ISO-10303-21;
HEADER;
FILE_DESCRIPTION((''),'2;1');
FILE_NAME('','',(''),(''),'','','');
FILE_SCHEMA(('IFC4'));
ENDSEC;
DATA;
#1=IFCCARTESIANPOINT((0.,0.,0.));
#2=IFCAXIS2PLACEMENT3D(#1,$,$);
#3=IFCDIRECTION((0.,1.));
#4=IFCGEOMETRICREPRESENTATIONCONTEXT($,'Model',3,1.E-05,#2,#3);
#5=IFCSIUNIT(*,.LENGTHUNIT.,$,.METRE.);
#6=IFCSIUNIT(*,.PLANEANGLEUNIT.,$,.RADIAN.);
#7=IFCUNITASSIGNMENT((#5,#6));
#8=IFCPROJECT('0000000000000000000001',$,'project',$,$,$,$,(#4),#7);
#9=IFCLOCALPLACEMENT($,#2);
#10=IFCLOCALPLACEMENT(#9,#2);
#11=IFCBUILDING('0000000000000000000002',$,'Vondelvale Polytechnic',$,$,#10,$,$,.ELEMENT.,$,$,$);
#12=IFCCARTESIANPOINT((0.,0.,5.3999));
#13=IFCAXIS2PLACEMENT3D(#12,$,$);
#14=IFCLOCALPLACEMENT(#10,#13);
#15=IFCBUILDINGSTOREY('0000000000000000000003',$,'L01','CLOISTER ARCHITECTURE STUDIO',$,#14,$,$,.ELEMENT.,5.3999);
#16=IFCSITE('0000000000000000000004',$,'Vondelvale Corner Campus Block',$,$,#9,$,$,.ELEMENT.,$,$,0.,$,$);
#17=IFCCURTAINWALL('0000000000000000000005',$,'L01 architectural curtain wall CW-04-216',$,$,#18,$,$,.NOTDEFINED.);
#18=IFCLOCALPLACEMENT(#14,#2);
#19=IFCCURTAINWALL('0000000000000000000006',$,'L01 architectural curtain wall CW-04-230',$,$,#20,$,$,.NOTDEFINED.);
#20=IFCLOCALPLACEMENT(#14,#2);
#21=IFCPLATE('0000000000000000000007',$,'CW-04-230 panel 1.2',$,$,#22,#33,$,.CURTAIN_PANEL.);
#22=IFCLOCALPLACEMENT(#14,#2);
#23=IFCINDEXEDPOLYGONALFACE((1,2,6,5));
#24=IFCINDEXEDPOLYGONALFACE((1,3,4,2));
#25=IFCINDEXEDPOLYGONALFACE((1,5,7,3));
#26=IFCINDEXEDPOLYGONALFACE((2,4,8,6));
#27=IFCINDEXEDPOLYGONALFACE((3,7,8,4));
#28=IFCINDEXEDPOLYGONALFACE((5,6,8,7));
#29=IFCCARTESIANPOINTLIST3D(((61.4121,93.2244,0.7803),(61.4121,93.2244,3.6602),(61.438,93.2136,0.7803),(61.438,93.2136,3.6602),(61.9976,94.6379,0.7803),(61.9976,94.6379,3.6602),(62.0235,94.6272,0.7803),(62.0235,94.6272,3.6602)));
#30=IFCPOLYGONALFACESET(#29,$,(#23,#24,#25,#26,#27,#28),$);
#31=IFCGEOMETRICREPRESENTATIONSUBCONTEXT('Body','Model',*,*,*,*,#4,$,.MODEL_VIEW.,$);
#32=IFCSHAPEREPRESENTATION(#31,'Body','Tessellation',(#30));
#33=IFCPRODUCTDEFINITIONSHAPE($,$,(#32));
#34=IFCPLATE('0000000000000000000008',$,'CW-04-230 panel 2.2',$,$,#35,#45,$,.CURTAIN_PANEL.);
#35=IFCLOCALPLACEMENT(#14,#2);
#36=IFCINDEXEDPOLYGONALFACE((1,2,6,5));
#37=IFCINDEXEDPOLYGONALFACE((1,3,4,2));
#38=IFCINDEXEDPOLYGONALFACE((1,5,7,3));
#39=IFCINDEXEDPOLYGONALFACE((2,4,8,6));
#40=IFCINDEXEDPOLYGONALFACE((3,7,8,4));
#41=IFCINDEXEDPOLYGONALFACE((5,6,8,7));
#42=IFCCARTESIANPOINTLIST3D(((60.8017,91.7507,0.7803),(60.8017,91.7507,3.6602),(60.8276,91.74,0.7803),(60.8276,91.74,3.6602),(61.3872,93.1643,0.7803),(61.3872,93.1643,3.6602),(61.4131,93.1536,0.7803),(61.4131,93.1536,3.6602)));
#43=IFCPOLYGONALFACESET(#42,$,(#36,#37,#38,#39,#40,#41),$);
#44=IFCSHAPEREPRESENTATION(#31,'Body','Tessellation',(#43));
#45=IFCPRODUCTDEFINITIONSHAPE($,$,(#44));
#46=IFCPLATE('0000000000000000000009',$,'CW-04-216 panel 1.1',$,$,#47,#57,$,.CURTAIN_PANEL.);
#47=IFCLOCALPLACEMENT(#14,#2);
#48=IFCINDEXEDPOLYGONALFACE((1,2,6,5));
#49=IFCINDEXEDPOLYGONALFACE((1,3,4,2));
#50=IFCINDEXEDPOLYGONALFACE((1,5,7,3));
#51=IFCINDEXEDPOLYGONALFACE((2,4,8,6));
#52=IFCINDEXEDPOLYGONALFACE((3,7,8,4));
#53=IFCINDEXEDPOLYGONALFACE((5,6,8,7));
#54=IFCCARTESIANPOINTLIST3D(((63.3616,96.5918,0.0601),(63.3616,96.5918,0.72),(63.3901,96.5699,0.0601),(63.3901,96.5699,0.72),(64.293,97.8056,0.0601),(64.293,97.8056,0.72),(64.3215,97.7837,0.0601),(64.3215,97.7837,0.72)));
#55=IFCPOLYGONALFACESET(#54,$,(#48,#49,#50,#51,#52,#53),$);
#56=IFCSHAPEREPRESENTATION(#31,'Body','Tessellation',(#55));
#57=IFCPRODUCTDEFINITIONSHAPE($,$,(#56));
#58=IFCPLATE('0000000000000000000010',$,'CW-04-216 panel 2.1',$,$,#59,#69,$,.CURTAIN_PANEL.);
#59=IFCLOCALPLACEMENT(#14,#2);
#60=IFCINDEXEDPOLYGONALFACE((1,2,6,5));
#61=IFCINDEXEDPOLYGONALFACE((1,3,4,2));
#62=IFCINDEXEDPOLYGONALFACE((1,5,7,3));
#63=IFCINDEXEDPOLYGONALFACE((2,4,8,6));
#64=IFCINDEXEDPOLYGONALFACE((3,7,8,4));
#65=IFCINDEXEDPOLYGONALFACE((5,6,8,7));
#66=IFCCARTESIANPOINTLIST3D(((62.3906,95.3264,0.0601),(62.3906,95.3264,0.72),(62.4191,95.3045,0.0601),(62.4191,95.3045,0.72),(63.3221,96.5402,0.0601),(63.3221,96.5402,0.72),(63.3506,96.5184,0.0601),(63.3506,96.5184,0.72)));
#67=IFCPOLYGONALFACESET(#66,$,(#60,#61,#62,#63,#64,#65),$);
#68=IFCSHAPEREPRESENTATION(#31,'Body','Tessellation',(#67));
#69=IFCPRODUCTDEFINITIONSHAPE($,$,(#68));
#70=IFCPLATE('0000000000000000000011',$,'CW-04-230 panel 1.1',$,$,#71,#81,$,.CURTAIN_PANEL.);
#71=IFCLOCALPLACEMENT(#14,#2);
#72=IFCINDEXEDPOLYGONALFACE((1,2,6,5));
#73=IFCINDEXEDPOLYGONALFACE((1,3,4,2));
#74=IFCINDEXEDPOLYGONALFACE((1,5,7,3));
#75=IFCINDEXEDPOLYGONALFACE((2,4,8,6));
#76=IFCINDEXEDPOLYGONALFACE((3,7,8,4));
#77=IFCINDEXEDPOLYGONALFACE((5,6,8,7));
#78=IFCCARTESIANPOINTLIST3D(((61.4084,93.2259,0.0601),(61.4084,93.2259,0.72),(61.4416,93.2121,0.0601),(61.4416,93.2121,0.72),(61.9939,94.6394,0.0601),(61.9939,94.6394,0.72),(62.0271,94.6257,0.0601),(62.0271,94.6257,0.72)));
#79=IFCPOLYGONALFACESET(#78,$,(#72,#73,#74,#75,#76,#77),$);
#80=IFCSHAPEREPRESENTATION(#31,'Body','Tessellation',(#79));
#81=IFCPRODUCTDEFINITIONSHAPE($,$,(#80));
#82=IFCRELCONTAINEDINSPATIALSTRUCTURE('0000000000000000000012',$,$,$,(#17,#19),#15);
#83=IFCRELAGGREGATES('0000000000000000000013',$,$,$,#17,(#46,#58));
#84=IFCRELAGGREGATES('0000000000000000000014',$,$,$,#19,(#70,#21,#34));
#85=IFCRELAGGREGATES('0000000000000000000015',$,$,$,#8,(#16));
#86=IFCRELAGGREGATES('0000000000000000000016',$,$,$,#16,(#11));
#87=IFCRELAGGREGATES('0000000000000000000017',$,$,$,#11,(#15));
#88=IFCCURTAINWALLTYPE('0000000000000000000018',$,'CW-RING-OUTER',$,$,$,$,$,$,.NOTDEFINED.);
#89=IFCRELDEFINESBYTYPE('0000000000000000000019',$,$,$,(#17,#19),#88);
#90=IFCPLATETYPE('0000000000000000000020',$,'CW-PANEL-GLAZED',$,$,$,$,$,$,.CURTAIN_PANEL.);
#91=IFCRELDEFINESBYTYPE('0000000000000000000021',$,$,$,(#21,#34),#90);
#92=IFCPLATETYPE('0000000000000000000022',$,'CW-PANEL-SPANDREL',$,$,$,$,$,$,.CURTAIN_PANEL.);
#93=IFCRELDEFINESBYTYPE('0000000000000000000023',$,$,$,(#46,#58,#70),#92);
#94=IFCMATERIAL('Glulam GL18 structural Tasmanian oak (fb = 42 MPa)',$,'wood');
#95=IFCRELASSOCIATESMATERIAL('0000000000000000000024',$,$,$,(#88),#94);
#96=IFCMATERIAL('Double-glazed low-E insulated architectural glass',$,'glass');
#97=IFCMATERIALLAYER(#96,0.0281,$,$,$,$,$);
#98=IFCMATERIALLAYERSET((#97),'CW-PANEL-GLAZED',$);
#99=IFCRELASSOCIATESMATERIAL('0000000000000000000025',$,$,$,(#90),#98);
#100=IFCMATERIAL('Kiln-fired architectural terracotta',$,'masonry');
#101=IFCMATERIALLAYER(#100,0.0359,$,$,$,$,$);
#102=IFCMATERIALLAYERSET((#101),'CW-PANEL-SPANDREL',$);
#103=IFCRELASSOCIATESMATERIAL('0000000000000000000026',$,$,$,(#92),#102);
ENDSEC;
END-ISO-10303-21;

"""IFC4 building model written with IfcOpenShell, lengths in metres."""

from ifc_helpers import new_model, si_unit, direction, frame, origin, origin_2d, place, context, subcontext, project, spatial, rectangle, extrude, material, layer, layer_set, type_object, element, aggregate, save


model = new_model("IFC4")

# Units and contexts
model_context = context("Model", 3, precision=1e-05, world=origin(), true_north=direction((0.0, 1.0)))
body_context = subcontext(model_context, "Body", "Model", "MODEL_VIEW")
ifc_project = project(units=[si_unit("LENGTHUNIT", "METRE"), si_unit("PLANEANGLEUNIT", "RADIAN")], contexts=[model_context])

# Site, building, storey
site_placement = place(None, origin())
site = spatial("IfcSite", under=ifc_project, at=site_placement, Name="Vondelvale Corner Campus Block", CompositionType="ELEMENT", RefElevation=0.0)
building_placement = place(site_placement, origin())
building = spatial("IfcBuilding", under=site, at=building_placement, Name="Vondelvale Polytechnic", CompositionType="ELEMENT")
storey_placement = place(building_placement, frame((0.0, 0.0, 5.3999)))
storey = spatial("IfcBuildingStorey", under=building, at=storey_placement, Name="L01", Description="CLOISTER ARCHITECTURE STUDIO", CompositionType="ELEMENT", Elevation=5.3999)

# Curtain walls
ifc_material_1 = material(Name="Glulam GL18 structural Tasmanian oak (fb = 42 MPa)", Category="wood")
curtain_wall_type = type_object("IfcCurtainWallType", Name="CW-RING-OUTER", PredefinedType="NOTDEFINED", material=ifc_material_1)
curtain_wall_1_placement = place(storey_placement, origin())
curtain_wall_1 = element("IfcCurtainWall", 1, at=curtain_wall_1_placement, inside=storey, type_object=curtain_wall_type, Name="L01 architectural curtain wall CW-04-216", PredefinedType="NOTDEFINED")
curtain_wall_2_placement = place(storey_placement, origin())
curtain_wall_2 = element("IfcCurtainWall", 2, at=curtain_wall_2_placement, inside=storey, type_object=curtain_wall_type, Name="L01 architectural curtain wall CW-04-230", PredefinedType="NOTDEFINED")

# Plates
ifc_material_2 = material(Name="Double-glazed low-E insulated architectural glass", Category="glass")
ifc_layer_1 = layer(ifc_material_2, 0.0281)
ifc_layer_set_1 = layer_set([ifc_layer_1], Name="CW-PANEL-GLAZED")
plate_type_1 = type_object("IfcPlateType", Name="CW-PANEL-GLAZED", PredefinedType="CURTAIN_PANEL", material=ifc_layer_set_1)
plate_1_placement = place(storey_placement, frame((61.7178, 93.9258, 0.7803), z_axis=(0.0, 0.0, 1.0), x_axis=(-0.382677, -0.923882, 0.0)))
plate_1 = element("IfcPlate", 3, at=plate_1_placement, type_object=plate_type_1, Name="CW-04-230 panel 1.2", PredefinedType="CURTAIN_PANEL", context=body_context, shape_type="SweptSolid", body=[
    extrude(rectangle(XDim=1.53, YDim=0.0281, at=origin_2d()), origin(), (0.0, 0.0, 1.0), 2.8799),
])
plate_2_placement = place(storey_placement, frame((61.1074, 92.4521, 0.7803), z_axis=(0.0, 0.0, 1.0), x_axis=(-0.382677, -0.923882, 0.0)))
plate_2 = element("IfcPlate", 4, at=plate_2_placement, type_object=plate_type_1, Name="CW-04-230 panel 2.2", PredefinedType="CURTAIN_PANEL", context=body_context, shape_type="SweptSolid", body=[
    extrude(rectangle(XDim=1.53, YDim=0.0281, at=origin_2d()), origin(), (0.0, 0.0, 1.0), 2.8799),
])
ifc_material_3 = material(Name="Kiln-fired architectural terracotta", Category="masonry")
ifc_layer_2 = layer(ifc_material_3, 0.0359)
ifc_layer_set_2 = layer_set([ifc_layer_2], Name="CW-PANEL-SPANDREL")
plate_type_2 = type_object("IfcPlateType", Name="CW-PANEL-SPANDREL", PredefinedType="CURTAIN_PANEL", material=ifc_layer_set_2)
plate_3_placement = place(storey_placement, frame((63.8416, 97.1877, 0.0601), z_axis=(0.0, 0.0, 1.0), x_axis=(-0.608787, -0.793334, 0.0)))
plate_3 = element("IfcPlate", 5, at=plate_3_placement, type_object=plate_type_2, Name="CW-04-216 panel 1.1", PredefinedType="CURTAIN_PANEL", context=body_context, shape_type="SweptSolid", body=[
    extrude(rectangle(XDim=1.53, YDim=0.0359, at=origin_2d()), origin(), (0.0, 0.0, 1.0), 0.6599),
])
plate_4_placement = place(storey_placement, frame((62.8706, 95.9224, 0.0601), z_axis=(0.0, 0.0, 1.0), x_axis=(-0.608787, -0.793334, 0.0)))
plate_4 = element("IfcPlate", 6, at=plate_4_placement, type_object=plate_type_2, Name="CW-04-216 panel 2.1", PredefinedType="CURTAIN_PANEL", context=body_context, shape_type="SweptSolid", body=[
    extrude(rectangle(XDim=1.53, YDim=0.0359, at=origin_2d()), origin(), (0.0, 0.0, 1.0), 0.6599),
])
aggregate(curtain_wall_1, [plate_3, plate_4])
plate_5_placement = place(storey_placement, frame((61.7178, 93.9258, 0.0601), z_axis=(0.0, 0.0, 1.0), x_axis=(-0.382677, -0.923882, 0.0)))
plate_5 = element("IfcPlate", 7, at=plate_5_placement, type_object=plate_type_2, Name="CW-04-230 panel 1.1", PredefinedType="CURTAIN_PANEL", context=body_context, shape_type="SweptSolid", body=[
    extrude(rectangle(XDim=1.53, YDim=0.0359, at=origin_2d()), origin(), (0.0, 0.0, 1.0), 0.6599),
])
aggregate(curtain_wall_2, [plate_5, plate_1, plate_2])

save(model, "model.ifc")
